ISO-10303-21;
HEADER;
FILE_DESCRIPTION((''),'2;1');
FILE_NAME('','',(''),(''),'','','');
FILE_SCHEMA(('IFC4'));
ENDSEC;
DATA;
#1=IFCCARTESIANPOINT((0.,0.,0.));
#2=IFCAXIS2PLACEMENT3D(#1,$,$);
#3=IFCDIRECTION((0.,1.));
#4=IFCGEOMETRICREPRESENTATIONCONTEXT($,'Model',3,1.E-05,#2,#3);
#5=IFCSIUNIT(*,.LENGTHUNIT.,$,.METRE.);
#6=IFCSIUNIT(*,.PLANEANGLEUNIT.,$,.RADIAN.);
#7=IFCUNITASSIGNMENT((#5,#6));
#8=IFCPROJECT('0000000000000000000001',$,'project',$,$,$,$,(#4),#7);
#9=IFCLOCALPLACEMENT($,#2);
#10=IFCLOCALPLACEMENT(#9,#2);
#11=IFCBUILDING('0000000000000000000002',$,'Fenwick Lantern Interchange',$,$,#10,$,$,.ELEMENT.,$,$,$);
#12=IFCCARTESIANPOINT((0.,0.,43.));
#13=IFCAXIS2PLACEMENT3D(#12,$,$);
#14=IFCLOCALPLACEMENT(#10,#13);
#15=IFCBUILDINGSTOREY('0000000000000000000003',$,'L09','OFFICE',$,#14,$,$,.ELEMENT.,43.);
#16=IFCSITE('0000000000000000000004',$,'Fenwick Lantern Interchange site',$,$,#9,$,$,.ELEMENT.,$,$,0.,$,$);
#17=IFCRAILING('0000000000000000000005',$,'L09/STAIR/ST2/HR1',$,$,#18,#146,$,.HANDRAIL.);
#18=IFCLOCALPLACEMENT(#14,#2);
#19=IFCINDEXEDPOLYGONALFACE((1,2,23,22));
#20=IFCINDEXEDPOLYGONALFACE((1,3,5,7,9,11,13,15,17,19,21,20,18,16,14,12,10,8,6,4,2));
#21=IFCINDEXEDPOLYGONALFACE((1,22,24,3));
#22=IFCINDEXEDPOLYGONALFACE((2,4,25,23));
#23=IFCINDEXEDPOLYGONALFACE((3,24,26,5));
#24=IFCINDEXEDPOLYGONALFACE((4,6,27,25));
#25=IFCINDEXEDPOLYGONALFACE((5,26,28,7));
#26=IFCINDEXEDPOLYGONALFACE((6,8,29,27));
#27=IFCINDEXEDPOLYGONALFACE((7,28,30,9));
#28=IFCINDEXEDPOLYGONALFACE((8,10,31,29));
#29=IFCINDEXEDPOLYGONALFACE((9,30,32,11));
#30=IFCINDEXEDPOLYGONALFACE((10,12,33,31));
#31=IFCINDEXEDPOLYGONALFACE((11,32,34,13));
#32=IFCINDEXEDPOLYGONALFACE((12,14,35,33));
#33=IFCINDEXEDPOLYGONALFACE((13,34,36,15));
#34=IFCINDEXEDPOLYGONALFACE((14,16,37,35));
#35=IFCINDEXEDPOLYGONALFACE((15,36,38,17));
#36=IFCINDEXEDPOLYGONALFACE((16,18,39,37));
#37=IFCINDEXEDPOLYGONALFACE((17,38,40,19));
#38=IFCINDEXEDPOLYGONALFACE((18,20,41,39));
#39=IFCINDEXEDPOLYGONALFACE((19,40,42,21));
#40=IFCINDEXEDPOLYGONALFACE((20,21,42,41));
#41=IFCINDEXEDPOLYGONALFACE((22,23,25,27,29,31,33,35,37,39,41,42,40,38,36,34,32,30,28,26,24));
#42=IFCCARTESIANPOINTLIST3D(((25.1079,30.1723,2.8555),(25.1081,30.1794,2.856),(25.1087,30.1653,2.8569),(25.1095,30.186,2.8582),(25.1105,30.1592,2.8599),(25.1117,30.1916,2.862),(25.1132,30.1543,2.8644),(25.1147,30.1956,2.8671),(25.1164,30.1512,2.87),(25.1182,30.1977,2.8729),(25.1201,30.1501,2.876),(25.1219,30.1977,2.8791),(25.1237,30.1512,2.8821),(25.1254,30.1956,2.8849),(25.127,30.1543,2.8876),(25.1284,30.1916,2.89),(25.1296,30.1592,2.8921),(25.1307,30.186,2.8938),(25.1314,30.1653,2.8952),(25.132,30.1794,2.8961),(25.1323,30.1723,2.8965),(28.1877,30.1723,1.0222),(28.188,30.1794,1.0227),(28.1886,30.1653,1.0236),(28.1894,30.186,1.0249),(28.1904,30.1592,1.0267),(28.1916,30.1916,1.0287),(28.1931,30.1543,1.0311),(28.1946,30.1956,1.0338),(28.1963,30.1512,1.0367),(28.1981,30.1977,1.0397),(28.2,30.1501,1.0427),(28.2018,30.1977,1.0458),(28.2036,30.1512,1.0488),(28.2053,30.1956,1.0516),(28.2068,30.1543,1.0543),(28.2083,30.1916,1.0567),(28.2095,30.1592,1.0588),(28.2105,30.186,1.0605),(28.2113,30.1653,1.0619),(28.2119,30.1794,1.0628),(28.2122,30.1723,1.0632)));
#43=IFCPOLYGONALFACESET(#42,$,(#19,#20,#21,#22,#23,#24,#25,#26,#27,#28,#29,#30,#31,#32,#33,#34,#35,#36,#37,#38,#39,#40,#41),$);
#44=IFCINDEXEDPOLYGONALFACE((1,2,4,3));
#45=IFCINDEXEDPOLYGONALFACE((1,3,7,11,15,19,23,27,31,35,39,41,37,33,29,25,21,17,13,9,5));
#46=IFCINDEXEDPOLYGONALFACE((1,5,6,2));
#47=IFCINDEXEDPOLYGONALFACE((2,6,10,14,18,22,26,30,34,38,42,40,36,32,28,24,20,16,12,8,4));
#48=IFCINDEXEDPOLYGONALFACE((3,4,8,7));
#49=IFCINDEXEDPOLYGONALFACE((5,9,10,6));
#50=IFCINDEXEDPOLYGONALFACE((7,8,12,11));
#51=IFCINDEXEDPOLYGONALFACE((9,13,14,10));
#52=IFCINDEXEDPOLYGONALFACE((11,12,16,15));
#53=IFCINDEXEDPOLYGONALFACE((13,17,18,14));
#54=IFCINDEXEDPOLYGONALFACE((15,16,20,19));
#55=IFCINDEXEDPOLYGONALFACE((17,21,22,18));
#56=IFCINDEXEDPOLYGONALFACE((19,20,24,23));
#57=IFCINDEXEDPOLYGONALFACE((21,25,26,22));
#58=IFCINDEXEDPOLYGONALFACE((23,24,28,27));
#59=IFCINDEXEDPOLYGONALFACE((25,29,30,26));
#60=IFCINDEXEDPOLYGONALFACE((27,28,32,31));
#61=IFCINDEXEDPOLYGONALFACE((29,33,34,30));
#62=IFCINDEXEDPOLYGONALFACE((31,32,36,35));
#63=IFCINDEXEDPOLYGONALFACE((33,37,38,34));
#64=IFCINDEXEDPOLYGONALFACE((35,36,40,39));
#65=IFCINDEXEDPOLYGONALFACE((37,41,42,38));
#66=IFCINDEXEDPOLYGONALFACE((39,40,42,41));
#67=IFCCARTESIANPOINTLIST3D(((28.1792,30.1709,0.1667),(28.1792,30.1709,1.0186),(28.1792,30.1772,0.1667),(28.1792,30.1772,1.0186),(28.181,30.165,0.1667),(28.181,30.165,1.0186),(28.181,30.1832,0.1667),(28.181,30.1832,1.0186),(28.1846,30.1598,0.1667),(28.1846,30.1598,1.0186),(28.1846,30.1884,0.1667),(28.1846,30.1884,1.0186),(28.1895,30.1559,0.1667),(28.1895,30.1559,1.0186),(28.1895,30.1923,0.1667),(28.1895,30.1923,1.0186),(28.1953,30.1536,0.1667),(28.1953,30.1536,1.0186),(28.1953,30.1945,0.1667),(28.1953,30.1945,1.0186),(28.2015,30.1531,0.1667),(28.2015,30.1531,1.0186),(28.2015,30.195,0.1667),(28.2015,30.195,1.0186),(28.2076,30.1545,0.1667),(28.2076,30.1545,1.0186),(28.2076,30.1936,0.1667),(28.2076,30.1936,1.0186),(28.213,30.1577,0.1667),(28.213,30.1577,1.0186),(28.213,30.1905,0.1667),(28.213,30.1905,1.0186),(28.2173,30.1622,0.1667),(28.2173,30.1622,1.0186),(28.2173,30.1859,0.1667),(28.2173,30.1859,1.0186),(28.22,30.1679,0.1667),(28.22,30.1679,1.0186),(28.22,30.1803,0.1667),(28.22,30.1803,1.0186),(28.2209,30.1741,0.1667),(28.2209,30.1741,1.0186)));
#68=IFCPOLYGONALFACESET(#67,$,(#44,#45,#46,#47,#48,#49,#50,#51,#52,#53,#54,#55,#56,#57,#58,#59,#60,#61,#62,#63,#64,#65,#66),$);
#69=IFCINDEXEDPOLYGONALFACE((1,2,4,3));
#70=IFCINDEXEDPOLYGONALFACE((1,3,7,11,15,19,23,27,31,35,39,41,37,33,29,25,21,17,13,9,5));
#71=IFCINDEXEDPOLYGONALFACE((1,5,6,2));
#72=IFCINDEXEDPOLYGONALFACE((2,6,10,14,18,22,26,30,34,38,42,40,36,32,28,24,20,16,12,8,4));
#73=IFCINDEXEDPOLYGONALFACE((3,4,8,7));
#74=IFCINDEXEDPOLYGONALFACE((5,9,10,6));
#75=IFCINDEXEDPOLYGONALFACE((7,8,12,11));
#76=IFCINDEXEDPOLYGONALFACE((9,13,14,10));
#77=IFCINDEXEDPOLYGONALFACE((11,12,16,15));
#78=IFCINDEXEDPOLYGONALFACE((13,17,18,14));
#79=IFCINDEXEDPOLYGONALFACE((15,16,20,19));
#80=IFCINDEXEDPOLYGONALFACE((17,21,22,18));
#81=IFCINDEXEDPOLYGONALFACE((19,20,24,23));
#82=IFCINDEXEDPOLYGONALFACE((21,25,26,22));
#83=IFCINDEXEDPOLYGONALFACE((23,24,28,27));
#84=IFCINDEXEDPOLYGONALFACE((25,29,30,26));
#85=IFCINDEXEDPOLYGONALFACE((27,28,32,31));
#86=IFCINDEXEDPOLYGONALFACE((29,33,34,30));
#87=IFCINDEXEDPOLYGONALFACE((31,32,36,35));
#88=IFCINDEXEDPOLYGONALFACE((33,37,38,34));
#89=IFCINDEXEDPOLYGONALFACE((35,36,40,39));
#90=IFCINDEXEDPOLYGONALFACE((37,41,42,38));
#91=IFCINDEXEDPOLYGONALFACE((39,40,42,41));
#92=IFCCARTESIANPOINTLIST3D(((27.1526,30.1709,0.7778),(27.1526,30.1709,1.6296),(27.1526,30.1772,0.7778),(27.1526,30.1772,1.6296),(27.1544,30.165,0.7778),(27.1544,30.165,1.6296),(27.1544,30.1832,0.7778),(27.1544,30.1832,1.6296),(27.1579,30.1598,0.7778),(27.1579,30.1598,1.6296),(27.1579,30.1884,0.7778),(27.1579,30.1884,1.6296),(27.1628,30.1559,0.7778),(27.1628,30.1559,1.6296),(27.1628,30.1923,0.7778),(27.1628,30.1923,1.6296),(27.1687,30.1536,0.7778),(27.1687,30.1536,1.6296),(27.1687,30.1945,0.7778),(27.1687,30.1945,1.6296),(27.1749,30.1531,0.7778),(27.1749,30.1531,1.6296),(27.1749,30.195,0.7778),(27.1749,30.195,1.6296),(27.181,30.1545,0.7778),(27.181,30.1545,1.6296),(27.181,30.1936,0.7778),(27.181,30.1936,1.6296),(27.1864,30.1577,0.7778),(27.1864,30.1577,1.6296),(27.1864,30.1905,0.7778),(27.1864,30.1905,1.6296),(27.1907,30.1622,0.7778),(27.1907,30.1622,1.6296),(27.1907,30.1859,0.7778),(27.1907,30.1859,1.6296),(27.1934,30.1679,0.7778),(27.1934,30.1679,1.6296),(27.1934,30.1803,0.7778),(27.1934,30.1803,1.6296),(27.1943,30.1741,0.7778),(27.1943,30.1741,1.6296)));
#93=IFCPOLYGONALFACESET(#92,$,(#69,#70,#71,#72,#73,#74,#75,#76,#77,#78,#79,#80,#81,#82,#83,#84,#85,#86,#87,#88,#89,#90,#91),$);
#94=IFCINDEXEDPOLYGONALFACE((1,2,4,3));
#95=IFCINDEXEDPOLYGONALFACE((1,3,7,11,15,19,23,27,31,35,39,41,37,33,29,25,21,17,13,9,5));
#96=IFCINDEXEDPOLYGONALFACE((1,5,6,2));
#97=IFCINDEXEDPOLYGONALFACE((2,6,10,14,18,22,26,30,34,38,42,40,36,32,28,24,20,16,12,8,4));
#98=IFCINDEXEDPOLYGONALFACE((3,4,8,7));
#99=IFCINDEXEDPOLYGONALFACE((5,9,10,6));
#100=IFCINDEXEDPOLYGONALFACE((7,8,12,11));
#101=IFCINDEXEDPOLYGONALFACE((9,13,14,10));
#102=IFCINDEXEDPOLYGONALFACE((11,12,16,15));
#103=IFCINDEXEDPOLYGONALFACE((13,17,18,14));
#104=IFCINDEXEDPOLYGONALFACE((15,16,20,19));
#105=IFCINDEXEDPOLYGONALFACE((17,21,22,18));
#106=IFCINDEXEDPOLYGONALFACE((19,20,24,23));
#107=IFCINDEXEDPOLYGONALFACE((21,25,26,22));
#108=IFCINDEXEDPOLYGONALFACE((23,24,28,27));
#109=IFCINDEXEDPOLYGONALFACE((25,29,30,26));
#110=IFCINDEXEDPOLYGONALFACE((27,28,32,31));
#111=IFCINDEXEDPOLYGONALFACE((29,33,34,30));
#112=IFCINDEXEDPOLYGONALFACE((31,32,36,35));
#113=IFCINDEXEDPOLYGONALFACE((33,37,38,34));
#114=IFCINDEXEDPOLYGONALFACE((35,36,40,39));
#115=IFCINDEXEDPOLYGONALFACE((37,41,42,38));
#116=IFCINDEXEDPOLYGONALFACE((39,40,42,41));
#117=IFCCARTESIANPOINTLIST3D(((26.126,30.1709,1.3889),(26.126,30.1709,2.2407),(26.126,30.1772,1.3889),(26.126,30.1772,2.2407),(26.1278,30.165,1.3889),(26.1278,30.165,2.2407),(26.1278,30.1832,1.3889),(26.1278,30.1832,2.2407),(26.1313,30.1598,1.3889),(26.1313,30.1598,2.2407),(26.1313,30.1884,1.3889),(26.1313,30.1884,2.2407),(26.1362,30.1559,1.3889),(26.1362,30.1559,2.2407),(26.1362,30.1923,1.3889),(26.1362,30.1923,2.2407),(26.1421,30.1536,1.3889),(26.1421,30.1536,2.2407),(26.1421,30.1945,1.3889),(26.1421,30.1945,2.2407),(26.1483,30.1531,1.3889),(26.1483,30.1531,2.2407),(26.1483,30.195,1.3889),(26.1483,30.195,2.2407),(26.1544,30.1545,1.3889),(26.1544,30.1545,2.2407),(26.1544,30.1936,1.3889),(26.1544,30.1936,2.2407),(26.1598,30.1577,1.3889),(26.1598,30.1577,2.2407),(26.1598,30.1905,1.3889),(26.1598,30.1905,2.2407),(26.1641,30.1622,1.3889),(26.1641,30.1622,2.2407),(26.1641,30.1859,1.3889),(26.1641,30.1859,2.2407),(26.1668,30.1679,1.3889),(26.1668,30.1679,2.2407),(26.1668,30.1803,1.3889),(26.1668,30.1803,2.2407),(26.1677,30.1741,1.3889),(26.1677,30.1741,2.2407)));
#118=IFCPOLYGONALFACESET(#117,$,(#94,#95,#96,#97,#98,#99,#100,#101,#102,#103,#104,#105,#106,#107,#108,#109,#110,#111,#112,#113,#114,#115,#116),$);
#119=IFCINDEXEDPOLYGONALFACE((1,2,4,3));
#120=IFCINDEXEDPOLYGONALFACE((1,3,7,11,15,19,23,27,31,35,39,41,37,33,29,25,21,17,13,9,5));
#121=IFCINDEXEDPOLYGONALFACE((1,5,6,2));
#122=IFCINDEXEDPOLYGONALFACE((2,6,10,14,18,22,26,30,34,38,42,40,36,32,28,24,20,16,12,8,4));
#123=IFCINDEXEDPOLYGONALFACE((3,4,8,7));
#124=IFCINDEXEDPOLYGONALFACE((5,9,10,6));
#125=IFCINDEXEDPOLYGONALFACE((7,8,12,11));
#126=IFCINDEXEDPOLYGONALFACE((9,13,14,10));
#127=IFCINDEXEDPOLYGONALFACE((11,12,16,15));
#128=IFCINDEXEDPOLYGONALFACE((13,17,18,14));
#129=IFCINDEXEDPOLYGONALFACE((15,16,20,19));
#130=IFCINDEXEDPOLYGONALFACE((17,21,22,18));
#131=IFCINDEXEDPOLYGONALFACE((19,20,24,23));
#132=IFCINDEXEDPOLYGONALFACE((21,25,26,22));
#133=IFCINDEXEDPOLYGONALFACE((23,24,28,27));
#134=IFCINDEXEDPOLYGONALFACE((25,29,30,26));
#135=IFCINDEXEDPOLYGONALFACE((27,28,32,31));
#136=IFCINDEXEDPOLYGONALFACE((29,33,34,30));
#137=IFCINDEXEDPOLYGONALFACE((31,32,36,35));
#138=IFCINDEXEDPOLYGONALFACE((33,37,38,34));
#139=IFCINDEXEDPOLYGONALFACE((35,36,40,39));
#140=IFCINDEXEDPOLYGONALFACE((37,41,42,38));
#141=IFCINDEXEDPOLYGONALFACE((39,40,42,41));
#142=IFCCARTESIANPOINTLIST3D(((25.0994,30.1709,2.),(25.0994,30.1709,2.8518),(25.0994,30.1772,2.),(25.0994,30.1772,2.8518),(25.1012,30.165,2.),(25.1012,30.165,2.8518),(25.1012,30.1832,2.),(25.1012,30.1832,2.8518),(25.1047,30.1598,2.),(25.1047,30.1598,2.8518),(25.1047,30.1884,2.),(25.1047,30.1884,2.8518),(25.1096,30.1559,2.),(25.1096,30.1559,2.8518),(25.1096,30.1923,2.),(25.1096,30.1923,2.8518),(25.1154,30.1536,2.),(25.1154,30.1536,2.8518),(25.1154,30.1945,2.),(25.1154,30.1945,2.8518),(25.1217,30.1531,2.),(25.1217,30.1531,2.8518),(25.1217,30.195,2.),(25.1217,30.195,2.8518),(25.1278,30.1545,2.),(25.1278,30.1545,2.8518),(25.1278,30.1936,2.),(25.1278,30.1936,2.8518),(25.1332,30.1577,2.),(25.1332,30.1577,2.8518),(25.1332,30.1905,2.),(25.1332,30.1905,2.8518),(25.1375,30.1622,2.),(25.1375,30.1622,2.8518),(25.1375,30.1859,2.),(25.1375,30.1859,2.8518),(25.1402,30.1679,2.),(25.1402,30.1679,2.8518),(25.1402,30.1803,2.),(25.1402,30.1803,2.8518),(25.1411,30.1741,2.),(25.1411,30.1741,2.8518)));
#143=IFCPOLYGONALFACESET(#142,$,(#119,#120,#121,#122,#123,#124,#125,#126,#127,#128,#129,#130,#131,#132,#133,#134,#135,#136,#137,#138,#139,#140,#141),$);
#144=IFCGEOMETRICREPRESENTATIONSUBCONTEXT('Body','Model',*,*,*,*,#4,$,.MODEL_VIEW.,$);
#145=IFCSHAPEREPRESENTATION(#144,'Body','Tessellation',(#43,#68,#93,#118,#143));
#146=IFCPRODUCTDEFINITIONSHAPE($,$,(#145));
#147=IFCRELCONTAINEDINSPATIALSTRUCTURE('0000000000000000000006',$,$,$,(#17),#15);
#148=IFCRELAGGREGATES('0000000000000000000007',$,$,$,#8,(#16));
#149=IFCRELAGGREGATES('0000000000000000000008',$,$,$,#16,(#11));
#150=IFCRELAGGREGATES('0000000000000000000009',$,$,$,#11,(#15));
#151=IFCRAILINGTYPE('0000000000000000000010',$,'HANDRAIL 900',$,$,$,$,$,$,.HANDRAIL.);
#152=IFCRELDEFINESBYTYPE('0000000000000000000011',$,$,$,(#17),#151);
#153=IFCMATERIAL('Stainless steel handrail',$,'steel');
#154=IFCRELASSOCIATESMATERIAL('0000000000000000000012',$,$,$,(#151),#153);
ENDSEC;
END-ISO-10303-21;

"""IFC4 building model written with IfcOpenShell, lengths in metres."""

from ifc_helpers import new_model, si_unit, direction, frame, origin, origin_2d, place, context, subcontext, project, spatial, circle, extrude, material, type_object, element, save


model = new_model("IFC4")

# Units and contexts
model_context = context("Model", 3, precision=1e-05, world=origin(), true_north=direction((0.0, 1.0)))
body_context = subcontext(model_context, "Body", "Model", "MODEL_VIEW")
ifc_project = project(units=[si_unit("LENGTHUNIT", "METRE"), si_unit("PLANEANGLEUNIT", "RADIAN")], contexts=[model_context])

# Site, building, storey
site_placement = place(None, origin())
site = spatial("IfcSite", under=ifc_project, at=site_placement, Name="Fenwick Lantern Interchange site", CompositionType="ELEMENT", RefElevation=0.0)
building_placement = place(site_placement, origin())
building = spatial("IfcBuilding", under=site, at=building_placement, Name="Fenwick Lantern Interchange", CompositionType="ELEMENT")
storey_placement = place(building_placement, frame((0.0, 0.0, 43.0)))
storey = spatial("IfcBuildingStorey", under=building, at=storey_placement, Name="L09", Description="OFFICE", CompositionType="ELEMENT", Elevation=43.0)

# Railing
ifc_material_1 = material(Name="Stainless steel handrail", Category="steel")
railing_type = type_object("IfcRailingType", Name="HANDRAIL 900", PredefinedType="HANDRAIL", material=ifc_material_1)
railing_1_placement = place(storey_placement, frame((28.2, 30.1741, 0.1667)))
element("IfcRailing", 1, at=railing_1_placement, inside=storey, type_object=railing_type, Name="L09/STAIR/ST2/HR1", PredefinedType="HANDRAIL", context=body_context, shape_type="SweptSolid", body=[
    extrude(circle(Radius=0.0239, at=origin_2d()), frame((0.0, 0.0, 0.876), z_axis=(-0.859291, 0.0, 0.511487), x_axis=(0.0, -1.0, 0.0)), (0.0, 0.0, 1.0), 3.5842),
    extrude(circle(Radius=0.021, at=origin_2d()), origin(), (0.0, 0.0, 1.0), 0.8518),
    extrude(circle(Radius=0.021, at=origin_2d()), frame((-1.0266, 0.0, 0.6111)), (0.0, 0.0, 1.0), 0.8518),
    extrude(circle(Radius=0.021, at=origin_2d()), frame((-2.0532, 0.0, 1.2222)), (0.0, 0.0, 1.0), 0.8518),
    extrude(circle(Radius=0.021, at=origin_2d()), frame((-3.0798, 0.0, 1.8333)), (0.0, 0.0, 1.0), 0.8518),
])

save(model, "model.ifc")
